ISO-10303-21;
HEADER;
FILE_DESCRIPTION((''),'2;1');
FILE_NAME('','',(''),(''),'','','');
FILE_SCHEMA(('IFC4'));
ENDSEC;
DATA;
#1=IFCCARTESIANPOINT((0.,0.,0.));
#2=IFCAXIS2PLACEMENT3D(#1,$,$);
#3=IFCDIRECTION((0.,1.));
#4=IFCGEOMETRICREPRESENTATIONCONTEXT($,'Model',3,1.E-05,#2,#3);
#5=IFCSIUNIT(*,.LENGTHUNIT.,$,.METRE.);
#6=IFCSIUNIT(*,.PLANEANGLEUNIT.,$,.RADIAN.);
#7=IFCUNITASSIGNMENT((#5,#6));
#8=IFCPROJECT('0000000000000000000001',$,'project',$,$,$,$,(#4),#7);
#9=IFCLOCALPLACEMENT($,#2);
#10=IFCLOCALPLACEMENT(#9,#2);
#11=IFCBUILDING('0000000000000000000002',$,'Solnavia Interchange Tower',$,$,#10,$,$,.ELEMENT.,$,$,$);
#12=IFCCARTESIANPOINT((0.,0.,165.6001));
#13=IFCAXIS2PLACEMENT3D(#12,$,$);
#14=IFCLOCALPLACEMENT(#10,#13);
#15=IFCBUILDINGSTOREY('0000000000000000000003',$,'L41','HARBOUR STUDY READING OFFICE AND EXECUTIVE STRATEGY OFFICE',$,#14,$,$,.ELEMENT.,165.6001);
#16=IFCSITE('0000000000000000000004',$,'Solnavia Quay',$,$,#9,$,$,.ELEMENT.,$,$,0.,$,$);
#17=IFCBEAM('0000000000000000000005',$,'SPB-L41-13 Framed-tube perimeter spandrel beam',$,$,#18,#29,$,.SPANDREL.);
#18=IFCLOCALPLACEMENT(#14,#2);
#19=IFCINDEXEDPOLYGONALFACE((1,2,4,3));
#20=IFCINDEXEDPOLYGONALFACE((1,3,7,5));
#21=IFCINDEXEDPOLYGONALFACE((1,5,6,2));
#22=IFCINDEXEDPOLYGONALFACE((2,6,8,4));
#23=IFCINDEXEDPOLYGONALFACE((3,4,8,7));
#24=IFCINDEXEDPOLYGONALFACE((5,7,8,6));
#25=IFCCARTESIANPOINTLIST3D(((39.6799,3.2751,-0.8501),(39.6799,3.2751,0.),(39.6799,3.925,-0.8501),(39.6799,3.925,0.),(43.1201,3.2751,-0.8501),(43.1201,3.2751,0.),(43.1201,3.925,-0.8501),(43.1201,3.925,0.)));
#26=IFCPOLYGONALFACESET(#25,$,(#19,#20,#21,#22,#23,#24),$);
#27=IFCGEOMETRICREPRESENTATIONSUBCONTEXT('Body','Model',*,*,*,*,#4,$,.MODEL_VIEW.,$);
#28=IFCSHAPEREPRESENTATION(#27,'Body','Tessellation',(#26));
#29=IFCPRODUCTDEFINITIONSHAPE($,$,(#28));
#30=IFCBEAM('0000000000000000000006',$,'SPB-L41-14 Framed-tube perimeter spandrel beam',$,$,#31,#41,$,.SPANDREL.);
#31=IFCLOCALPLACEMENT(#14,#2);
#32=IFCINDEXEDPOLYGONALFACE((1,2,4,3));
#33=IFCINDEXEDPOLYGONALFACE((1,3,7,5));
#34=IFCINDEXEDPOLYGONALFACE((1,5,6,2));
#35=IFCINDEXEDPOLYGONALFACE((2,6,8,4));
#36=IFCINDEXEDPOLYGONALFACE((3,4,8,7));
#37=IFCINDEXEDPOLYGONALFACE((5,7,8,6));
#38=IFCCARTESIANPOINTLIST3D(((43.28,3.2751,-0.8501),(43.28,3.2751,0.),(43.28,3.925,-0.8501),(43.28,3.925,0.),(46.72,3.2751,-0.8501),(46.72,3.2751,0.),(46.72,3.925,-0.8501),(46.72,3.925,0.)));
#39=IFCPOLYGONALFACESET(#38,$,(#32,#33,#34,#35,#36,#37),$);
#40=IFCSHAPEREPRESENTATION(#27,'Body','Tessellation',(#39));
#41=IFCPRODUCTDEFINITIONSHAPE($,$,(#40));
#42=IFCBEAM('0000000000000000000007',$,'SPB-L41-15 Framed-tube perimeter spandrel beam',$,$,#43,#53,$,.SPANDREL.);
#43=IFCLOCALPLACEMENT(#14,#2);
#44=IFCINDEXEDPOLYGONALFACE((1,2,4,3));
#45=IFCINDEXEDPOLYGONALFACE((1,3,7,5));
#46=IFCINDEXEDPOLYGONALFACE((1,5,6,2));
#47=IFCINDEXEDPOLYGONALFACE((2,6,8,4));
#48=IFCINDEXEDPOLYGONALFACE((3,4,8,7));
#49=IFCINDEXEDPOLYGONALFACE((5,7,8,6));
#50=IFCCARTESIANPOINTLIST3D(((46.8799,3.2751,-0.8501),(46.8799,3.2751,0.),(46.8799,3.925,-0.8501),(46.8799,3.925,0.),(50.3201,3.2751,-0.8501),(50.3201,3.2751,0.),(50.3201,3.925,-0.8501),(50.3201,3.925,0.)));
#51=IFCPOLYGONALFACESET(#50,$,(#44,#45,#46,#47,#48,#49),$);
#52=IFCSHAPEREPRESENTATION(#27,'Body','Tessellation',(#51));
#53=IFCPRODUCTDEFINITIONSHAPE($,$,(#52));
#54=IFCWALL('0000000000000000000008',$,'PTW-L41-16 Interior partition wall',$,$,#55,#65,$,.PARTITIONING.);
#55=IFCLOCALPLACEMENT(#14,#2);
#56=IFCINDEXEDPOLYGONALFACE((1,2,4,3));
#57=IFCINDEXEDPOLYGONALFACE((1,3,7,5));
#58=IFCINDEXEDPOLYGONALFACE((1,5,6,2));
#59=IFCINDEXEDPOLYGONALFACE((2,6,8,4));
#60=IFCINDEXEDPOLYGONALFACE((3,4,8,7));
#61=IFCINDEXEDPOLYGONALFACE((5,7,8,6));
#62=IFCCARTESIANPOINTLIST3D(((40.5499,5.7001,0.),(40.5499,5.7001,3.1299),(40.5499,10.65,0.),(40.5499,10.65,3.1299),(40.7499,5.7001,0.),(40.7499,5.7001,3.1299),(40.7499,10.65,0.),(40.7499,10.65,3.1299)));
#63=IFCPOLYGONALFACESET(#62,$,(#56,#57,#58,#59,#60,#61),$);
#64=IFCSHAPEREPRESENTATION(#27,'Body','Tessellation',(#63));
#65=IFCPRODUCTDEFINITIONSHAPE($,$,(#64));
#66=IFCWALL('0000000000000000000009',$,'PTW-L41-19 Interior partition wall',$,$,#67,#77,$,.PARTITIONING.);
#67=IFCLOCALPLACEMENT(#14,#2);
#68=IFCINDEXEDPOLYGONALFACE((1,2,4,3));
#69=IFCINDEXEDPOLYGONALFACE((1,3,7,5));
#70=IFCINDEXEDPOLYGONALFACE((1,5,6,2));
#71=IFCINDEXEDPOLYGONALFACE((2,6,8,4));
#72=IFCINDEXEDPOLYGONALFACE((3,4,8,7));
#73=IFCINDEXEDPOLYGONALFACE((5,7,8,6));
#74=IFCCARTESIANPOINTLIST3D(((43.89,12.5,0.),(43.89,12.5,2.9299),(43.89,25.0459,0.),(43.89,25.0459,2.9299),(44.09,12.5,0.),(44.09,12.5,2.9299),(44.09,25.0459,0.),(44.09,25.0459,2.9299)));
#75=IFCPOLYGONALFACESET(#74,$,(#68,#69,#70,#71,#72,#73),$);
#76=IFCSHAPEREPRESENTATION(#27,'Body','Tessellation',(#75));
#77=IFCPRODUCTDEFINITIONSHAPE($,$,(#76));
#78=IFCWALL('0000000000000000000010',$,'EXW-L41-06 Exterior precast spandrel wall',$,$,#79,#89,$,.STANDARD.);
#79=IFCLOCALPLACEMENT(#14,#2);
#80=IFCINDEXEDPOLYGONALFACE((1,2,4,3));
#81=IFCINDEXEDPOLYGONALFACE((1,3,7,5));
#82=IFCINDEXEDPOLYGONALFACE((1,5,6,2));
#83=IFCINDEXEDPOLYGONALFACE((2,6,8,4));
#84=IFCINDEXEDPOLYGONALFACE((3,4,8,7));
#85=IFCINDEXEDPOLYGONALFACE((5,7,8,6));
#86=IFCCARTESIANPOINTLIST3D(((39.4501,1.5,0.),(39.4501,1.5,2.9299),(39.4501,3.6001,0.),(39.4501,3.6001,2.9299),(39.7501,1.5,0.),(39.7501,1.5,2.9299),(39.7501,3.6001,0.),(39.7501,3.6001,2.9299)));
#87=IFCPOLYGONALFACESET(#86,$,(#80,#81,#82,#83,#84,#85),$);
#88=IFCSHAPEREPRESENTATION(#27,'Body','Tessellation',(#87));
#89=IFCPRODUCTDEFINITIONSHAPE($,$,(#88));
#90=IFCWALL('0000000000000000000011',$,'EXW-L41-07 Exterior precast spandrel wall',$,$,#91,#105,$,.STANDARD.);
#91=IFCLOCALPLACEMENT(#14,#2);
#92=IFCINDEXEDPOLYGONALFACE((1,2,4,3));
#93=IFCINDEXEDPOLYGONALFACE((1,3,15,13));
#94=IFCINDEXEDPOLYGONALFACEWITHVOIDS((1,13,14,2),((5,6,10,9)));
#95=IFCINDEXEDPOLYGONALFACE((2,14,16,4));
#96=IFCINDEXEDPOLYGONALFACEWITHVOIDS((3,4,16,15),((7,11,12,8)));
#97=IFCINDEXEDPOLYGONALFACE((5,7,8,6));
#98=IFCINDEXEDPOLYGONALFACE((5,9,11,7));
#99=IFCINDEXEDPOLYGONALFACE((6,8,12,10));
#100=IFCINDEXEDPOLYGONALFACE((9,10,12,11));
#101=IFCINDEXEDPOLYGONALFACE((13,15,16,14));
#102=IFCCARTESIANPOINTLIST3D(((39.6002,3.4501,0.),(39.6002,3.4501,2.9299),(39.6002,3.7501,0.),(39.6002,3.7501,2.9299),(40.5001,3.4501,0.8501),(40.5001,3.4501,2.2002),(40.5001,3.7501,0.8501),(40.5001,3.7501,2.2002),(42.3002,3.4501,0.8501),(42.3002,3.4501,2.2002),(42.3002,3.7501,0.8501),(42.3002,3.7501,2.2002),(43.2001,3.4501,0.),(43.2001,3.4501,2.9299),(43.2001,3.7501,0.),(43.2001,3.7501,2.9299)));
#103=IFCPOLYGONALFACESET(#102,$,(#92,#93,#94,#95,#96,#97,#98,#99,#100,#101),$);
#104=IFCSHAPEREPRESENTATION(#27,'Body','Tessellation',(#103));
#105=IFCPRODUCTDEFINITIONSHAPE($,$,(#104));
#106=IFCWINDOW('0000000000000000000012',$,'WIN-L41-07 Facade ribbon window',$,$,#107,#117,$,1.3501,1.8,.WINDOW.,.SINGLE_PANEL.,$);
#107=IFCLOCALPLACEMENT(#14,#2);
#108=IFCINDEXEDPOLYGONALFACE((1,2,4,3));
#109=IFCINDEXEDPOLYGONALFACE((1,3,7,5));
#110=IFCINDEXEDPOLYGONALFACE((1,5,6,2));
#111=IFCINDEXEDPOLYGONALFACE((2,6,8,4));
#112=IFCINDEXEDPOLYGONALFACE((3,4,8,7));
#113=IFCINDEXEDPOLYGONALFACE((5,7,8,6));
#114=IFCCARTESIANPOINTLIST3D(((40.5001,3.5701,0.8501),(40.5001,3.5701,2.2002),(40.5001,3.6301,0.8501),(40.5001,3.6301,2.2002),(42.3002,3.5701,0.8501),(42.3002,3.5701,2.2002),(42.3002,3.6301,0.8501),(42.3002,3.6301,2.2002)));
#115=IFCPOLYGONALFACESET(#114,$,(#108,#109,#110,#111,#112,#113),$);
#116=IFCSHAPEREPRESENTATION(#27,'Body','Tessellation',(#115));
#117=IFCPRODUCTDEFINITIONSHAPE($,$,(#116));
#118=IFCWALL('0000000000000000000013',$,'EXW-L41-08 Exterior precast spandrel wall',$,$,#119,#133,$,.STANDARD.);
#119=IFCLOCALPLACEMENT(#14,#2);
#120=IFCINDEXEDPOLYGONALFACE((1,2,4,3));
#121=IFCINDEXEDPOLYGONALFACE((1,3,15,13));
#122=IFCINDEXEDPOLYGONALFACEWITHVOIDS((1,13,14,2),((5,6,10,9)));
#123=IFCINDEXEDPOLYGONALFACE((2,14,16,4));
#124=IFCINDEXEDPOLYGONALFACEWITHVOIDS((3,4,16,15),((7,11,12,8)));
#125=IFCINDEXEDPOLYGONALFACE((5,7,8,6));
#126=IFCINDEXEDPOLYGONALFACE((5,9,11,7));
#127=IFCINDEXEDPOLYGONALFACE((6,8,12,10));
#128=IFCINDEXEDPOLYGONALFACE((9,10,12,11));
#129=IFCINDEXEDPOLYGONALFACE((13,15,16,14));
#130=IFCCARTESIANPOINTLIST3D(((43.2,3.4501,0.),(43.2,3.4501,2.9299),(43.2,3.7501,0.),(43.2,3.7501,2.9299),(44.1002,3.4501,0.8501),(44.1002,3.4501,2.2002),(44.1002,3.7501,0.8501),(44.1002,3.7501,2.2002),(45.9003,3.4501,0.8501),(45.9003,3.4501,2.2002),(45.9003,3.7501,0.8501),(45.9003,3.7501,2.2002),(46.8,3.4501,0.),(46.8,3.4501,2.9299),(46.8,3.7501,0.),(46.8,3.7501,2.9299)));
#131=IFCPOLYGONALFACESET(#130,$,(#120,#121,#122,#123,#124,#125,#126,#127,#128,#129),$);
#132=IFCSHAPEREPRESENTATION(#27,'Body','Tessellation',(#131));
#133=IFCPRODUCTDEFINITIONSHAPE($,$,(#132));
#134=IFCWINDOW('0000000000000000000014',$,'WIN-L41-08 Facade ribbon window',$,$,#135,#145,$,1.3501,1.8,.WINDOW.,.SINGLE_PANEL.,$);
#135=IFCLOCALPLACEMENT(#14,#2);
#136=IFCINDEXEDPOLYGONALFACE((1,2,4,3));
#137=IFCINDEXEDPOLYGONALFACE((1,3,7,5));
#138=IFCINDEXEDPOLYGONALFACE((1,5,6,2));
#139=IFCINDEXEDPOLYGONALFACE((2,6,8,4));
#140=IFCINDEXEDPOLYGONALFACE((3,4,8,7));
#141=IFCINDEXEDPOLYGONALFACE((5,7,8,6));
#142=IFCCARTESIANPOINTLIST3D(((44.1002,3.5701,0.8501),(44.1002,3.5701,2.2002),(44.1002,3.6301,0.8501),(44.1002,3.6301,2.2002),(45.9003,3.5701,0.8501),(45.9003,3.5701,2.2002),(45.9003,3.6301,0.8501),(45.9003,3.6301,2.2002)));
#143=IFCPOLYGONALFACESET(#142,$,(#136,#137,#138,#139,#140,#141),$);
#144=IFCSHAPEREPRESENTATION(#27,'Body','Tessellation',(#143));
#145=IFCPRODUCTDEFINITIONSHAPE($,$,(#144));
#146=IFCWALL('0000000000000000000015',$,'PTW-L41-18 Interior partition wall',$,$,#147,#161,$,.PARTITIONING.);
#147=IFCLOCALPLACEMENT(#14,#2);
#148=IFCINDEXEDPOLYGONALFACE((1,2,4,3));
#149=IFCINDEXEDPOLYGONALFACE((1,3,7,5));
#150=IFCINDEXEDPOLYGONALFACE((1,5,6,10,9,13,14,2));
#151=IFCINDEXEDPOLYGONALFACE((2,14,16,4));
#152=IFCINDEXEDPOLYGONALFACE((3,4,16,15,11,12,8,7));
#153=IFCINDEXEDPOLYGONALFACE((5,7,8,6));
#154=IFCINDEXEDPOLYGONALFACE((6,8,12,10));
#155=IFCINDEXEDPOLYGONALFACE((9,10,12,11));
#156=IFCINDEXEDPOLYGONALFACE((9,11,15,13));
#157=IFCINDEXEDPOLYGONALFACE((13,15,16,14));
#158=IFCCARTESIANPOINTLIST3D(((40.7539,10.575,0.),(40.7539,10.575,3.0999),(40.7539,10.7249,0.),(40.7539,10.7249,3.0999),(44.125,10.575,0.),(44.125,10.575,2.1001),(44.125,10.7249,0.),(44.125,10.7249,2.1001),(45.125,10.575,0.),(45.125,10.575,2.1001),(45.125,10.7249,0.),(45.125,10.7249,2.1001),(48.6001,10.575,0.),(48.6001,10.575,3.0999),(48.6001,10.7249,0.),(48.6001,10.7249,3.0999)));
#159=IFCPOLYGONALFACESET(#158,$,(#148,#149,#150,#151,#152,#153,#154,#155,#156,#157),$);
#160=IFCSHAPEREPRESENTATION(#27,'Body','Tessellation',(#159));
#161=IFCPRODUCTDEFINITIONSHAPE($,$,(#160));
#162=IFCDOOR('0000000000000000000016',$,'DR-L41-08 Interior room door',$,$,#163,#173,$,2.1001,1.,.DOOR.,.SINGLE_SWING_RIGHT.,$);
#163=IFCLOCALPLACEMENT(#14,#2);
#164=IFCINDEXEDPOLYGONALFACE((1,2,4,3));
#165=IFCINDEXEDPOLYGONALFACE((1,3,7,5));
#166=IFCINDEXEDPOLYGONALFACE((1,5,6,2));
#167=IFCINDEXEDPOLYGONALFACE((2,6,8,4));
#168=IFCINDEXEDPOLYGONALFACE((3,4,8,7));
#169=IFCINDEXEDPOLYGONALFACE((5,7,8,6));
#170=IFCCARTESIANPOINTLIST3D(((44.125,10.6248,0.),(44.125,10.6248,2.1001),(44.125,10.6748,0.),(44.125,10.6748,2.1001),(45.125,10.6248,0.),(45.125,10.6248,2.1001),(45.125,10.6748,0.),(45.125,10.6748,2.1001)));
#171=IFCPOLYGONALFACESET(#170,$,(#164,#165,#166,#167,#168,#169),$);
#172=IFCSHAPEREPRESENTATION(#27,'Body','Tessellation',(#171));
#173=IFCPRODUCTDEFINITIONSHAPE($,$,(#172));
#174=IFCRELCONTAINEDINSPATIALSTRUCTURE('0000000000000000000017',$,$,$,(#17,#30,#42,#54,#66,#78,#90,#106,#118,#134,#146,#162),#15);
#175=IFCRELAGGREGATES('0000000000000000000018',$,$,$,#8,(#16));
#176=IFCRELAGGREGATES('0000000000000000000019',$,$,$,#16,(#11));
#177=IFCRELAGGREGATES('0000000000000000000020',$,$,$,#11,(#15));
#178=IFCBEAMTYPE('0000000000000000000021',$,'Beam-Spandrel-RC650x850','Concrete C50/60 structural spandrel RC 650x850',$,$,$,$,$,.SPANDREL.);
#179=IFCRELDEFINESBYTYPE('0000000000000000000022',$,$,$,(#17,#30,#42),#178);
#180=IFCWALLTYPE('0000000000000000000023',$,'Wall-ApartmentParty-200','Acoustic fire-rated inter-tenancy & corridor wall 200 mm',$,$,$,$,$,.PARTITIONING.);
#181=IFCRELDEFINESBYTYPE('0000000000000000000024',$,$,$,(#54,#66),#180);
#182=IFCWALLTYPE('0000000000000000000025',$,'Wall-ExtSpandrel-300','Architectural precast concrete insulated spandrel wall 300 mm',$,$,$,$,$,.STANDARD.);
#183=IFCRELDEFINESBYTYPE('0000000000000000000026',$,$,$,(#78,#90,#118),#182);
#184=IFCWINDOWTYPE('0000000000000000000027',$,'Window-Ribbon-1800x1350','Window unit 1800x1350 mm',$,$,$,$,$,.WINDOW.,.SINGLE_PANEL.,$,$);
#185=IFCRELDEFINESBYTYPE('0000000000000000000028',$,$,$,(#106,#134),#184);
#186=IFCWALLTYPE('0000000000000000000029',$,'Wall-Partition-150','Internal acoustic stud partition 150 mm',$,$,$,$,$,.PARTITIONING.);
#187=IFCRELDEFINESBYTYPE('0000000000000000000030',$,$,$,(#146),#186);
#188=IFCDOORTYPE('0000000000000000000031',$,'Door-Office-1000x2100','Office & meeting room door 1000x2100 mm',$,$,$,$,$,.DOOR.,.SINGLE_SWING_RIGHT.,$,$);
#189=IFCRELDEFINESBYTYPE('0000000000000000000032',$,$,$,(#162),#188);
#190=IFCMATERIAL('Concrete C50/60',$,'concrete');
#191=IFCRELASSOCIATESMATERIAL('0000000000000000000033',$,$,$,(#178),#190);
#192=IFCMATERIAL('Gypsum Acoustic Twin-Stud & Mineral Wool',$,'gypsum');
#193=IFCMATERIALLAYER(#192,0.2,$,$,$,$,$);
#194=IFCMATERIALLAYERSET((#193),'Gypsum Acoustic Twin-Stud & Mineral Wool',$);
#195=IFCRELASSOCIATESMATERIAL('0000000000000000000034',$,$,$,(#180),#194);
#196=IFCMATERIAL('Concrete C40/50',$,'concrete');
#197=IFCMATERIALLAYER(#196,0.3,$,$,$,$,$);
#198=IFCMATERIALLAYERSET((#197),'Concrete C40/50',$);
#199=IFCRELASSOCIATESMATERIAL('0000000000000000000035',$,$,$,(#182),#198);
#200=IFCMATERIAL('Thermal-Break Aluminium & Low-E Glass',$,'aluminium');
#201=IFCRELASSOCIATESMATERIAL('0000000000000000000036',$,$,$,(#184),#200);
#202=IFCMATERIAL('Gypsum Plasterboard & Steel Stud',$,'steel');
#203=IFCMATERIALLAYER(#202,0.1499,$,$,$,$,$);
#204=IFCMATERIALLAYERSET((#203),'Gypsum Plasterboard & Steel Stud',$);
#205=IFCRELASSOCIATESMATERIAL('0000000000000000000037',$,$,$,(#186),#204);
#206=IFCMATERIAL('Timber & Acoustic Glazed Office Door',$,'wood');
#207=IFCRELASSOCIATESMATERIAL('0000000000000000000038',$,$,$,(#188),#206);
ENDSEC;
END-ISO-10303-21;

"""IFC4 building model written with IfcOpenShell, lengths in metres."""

from ifc_helpers import new_model, si_unit, direction, frame, frame_2d, origin, origin_2d, place, context, subcontext, project, spatial, rectangle, extrude, material, layer, layer_set, material_profile, profile_set, type_object, element, fill, save


model = new_model("IFC4")

# Units and contexts
model_context = context("Model", 3, precision=1e-05, world=origin(), true_north=direction((0.0, 1.0)))
body_context = subcontext(model_context, "Body", "Model", "MODEL_VIEW")
ifc_project = project(units=[si_unit("LENGTHUNIT", "METRE"), si_unit("PLANEANGLEUNIT", "RADIAN")], contexts=[model_context])

# Site, building, storey
site_placement = place(None, origin())
site = spatial("IfcSite", under=ifc_project, at=site_placement, Name="Solnavia Quay", CompositionType="ELEMENT", RefElevation=0.0)
building_placement = place(site_placement, origin())
building = spatial("IfcBuilding", under=site, at=building_placement, Name="Solnavia Interchange Tower", CompositionType="ELEMENT")
storey_placement = place(building_placement, frame((0.0, 0.0, 165.6001)))
storey = spatial("IfcBuildingStorey", under=building, at=storey_placement, Name="L41", Description="HARBOUR STUDY READING OFFICE AND EXECUTIVE STRATEGY OFFICE", CompositionType="ELEMENT", Elevation=165.6001)

# Shared definitions
ifc_material_1 = material(Name="Concrete C50/60", Category="concrete")

# Beams
ifc_material_profile_1 = material_profile(ifc_material_1, rectangle(XDim=0.6499, YDim=0.8501, at=origin_2d()), Name="RC 650x850")
ifc_profile_set_1 = profile_set([ifc_material_profile_1], Name="Concrete C50/60")
beam_type_1 = type_object("IfcBeamType", Name="Beam-Spandrel-RC650x850", Description="Concrete C50/60 structural spandrel RC 650x850", PredefinedType="SPANDREL", material=ifc_profile_set_1)
beam_1_placement = place(storey_placement, frame((39.6799, 3.6001, -0.425), z_axis=(1.0, 0.0, 0.0), x_axis=(0.0, 1.0, 0.0)))
element("IfcBeam", 1, at=beam_1_placement, inside=storey, type_object=beam_type_1, Name="SPB-L41-13 Framed-tube perimeter spandrel beam", PredefinedType="SPANDREL", context=body_context, shape_type="SweptSolid", body=[
    extrude(rectangle(XDim=0.6499, YDim=0.8501, at=origin_2d()), origin(), (0.0, 0.0, 1.0), 3.4402),
])
beam_2_placement = place(storey_placement, frame((43.28, 3.6001, -0.425), z_axis=(1.0, 0.0, 0.0), x_axis=(0.0, 1.0, 0.0)))
element("IfcBeam", 2, at=beam_2_placement, inside=storey, type_object=beam_type_1, Name="SPB-L41-14 Framed-tube perimeter spandrel beam", PredefinedType="SPANDREL", context=body_context, shape_type="SweptSolid", body=[
    extrude(rectangle(XDim=0.6499, YDim=0.8501, at=origin_2d()), origin(), (0.0, 0.0, 1.0), 3.4399),
])
beam_3_placement = place(storey_placement, frame((46.8799, 3.6001, -0.425), z_axis=(1.0, 0.0, 0.0), x_axis=(0.0, 1.0, 0.0)))
element("IfcBeam", 3, at=beam_3_placement, inside=storey, type_object=beam_type_1, Name="SPB-L41-15 Framed-tube perimeter spandrel beam", PredefinedType="SPANDREL", context=body_context, shape_type="SweptSolid", body=[
    extrude(rectangle(XDim=0.6499, YDim=0.8501, at=origin_2d()), origin(), (0.0, 0.0, 1.0), 3.4402),
])

# Walls
ifc_material_2 = material(Name="Gypsum Acoustic Twin-Stud & Mineral Wool", Category="gypsum")
ifc_layer_1 = layer(ifc_material_2, 0.2)
ifc_layer_set_1 = layer_set([ifc_layer_1], Name="Gypsum Acoustic Twin-Stud & Mineral Wool")
wall_type_1 = type_object("IfcWallType", Name="Wall-ApartmentParty-200", Description="Acoustic fire-rated inter-tenancy & corridor wall 200 mm", PredefinedType="PARTITIONING", material=ifc_layer_set_1)
wall_1_placement = place(storey_placement, frame((40.6499, 5.7, 0.0), z_axis=(0.0, 0.0, 1.0), x_axis=(0.0, 1.0, 0.0)))
element("IfcWall", 4, at=wall_1_placement, inside=storey, type_object=wall_type_1, Name="PTW-L41-16 Interior partition wall", PredefinedType="PARTITIONING", context=body_context, shape_type="SweptSolid", body=[
    extrude(rectangle(XDim=4.95, YDim=0.2, at=frame_2d((2.4751, 0.0))), origin(), (0.0, 0.0, 1.0), 3.1299),
])
wall_2_placement = place(storey_placement, frame((43.99, 12.5, 0.0), z_axis=(0.0, 0.0, 1.0), x_axis=(0.0, 1.0, 0.0)))
element("IfcWall", 5, at=wall_2_placement, inside=storey, type_object=wall_type_1, Name="PTW-L41-19 Interior partition wall", PredefinedType="PARTITIONING", context=body_context, shape_type="SweptSolid", body=[
    extrude(rectangle(XDim=12.5459, YDim=0.2, at=frame_2d((6.2729, 0.0))), origin(), (0.0, 0.0, 1.0), 2.9299),
])
ifc_material_3 = material(Name="Concrete C40/50", Category="concrete")
ifc_layer_2 = layer(ifc_material_3, 0.3)
ifc_layer_set_2 = layer_set([ifc_layer_2], Name="Concrete C40/50")
wall_type_2 = type_object("IfcWallType", Name="Wall-ExtSpandrel-300", Description="Architectural precast concrete insulated spandrel wall 300 mm", PredefinedType="STANDARD", material=ifc_layer_set_2)
wall_3_placement = place(storey_placement, frame((39.6001, 3.6001, 0.0), z_axis=(0.0, 0.0, 1.0), x_axis=(0.0, -1.0, 0.0)))
element("IfcWall", 6, at=wall_3_placement, inside=storey, type_object=wall_type_2, Name="EXW-L41-06 Exterior precast spandrel wall", PredefinedType="STANDARD", context=body_context, shape_type="SweptSolid", body=[
    extrude(rectangle(XDim=2.1001, YDim=0.3, at=frame_2d((1.05, 0.0))), origin(), (0.0, 0.0, 1.0), 2.9299),
])

# Walls, openings, windows
wall_4_placement = place(storey_placement, frame((43.2, 3.6001, 0.0), z_axis=(0.0, 0.0, 1.0), x_axis=(-1.0, 0.0, 0.0)))
wall_4 = element("IfcWall", 7, at=wall_4_placement, inside=storey, type_object=wall_type_2, Name="EXW-L41-07 Exterior precast spandrel wall", PredefinedType="STANDARD", context=body_context, shape_type="SweptSolid", body=[
    extrude(rectangle(XDim=3.5999, YDim=0.3, at=frame_2d((1.7998, 0.0))), origin(), (0.0, 0.0, 1.0), 2.9299),
])
opening_1_placement = place(wall_4_placement, frame((0.8999, 0.0, 0.8501)))
opening_1 = element("IfcOpeningElement", 8, at=opening_1_placement, cuts=wall_4, PredefinedType="OPENING", context=body_context, shape_type="SweptSolid", body=[
    extrude(rectangle(XDim=1.8, YDim=1.3501, at=frame_2d((0.8999, 0.675))), frame((0.0, 0.1602, 0.0), z_axis=(0.0, -1.0, 0.0), x_axis=(1.0, 0.0, 0.0)), (0.0, 0.0, 1.0), 0.3201),
])
ifc_material_4 = material(Name="Thermal-Break Aluminium & Low-E Glass", Category="aluminium")
window_type = type_object("IfcWindowType", Name="Window-Ribbon-1800x1350", Description="Window unit 1800x1350 mm", PartitioningType="SINGLE_PANEL", PredefinedType="WINDOW", material=ifc_material_4)
window_1_placement = place(opening_1_placement, origin())
window_1 = element("IfcWindow", 9, at=window_1_placement, inside=storey, type_object=window_type, Name="WIN-L41-07 Facade ribbon window", OverallHeight=1.3501, OverallWidth=1.8, PartitioningType="SINGLE_PANEL", PredefinedType="WINDOW", context=body_context, shape_type="SweptSolid", body=[
    extrude(rectangle(XDim=1.8, YDim=1.3501, at=frame_2d((0.8999, 0.675))), frame((0.0, 0.03, 0.0), z_axis=(0.0, -1.0, 0.0), x_axis=(1.0, 0.0, 0.0)), (0.0, 0.0, 1.0), 0.0601),
])
fill(opening_1, window_1)
wall_5_placement = place(storey_placement, frame((46.8, 3.6001, 0.0), z_axis=(0.0, 0.0, 1.0), x_axis=(-1.0, 0.0, 0.0)))
wall_5 = element("IfcWall", 10, at=wall_5_placement, inside=storey, type_object=wall_type_2, Name="EXW-L41-08 Exterior precast spandrel wall", PredefinedType="STANDARD", context=body_context, shape_type="SweptSolid", body=[
    extrude(rectangle(XDim=3.6001, YDim=0.3, at=frame_2d((1.8, 0.0))), origin(), (0.0, 0.0, 1.0), 2.9299),
])
opening_2_placement = place(wall_5_placement, frame((0.8999, 0.0, 0.8501)))
opening_2 = element("IfcOpeningElement", 11, at=opening_2_placement, cuts=wall_5, PredefinedType="OPENING", context=body_context, shape_type="SweptSolid", body=[
    extrude(rectangle(XDim=1.8, YDim=1.3501, at=frame_2d((0.8999, 0.675))), frame((0.0, 0.1602, 0.0), z_axis=(0.0, -1.0, 0.0), x_axis=(1.0, 0.0, 0.0)), (0.0, 0.0, 1.0), 0.3201),
])
window_2_placement = place(opening_2_placement, origin())
window_2 = element("IfcWindow", 12, at=window_2_placement, inside=storey, type_object=window_type, Name="WIN-L41-08 Facade ribbon window", OverallHeight=1.3501, OverallWidth=1.8, PartitioningType="SINGLE_PANEL", PredefinedType="WINDOW", context=body_context, shape_type="SweptSolid", body=[
    extrude(rectangle(XDim=1.8, YDim=1.3501, at=frame_2d((0.8999, 0.675))), frame((0.0, 0.03, 0.0), z_axis=(0.0, -1.0, 0.0), x_axis=(1.0, 0.0, 0.0)), (0.0, 0.0, 1.0), 0.0601),
])
fill(opening_2, window_2)

# Wall, opening, door
ifc_material_5 = material(Name="Gypsum Plasterboard & Steel Stud", Category="steel")
ifc_layer_3 = layer(ifc_material_5, 0.1499)
ifc_layer_set_3 = layer_set([ifc_layer_3], Name="Gypsum Plasterboard & Steel Stud")
wall_type_3 = type_object("IfcWallType", Name="Wall-Partition-150", Description="Internal acoustic stud partition 150 mm", PredefinedType="PARTITIONING", material=ifc_layer_set_3)
wall_6_placement = place(storey_placement, frame((40.7539, 10.6499, 0.0), z_axis=(0.0, 0.0, 1.0), x_axis=(1.0, 0.0, 0.0)))
wall_6 = element("IfcWall", 13, at=wall_6_placement, inside=storey, type_object=wall_type_3, Name="PTW-L41-18 Interior partition wall", PredefinedType="PARTITIONING", context=body_context, shape_type="SweptSolid", body=[
    extrude(rectangle(XDim=7.8462, YDim=0.1499, at=frame_2d((3.9231, 0.0))), origin(), (0.0, 0.0, 1.0), 3.0999),
])
opening_3_placement = place(wall_6_placement, frame((3.3711, 0.0, 0.0)))
opening_3 = element("IfcOpeningElement", 14, at=opening_3_placement, cuts=wall_6, PredefinedType="OPENING", context=body_context, shape_type="SweptSolid", body=[
    extrude(rectangle(XDim=1.0, YDim=2.1001, at=frame_2d((0.5, 1.05))), frame((0.0, 0.085, 0.0), z_axis=(0.0, -1.0, 0.0), x_axis=(1.0, 0.0, 0.0)), (0.0, 0.0, 1.0), 0.1699),
])
ifc_material_6 = material(Name="Timber & Acoustic Glazed Office Door", Category="wood")
door_type = type_object("IfcDoorType", Name="Door-Office-1000x2100", Description="Office & meeting room door 1000x2100 mm", OperationType="SINGLE_SWING_RIGHT", PredefinedType="DOOR", material=ifc_material_6)
door_1_placement = place(opening_3_placement, origin())
door_1 = element("IfcDoor", 15, at=door_1_placement, inside=storey, type_object=door_type, Name="DR-L41-08 Interior room door", OperationType="SINGLE_SWING_RIGHT", OverallHeight=2.1001, OverallWidth=1.0, PredefinedType="DOOR", context=body_context, shape_type="SweptSolid", body=[
    extrude(rectangle(XDim=1.0, YDim=2.1001, at=frame_2d((0.5, 1.05))), frame((0.0, 0.0249, 0.0), z_axis=(0.0, -1.0, 0.0), x_axis=(1.0, 0.0, 0.0)), (0.0, 0.0, 1.0), 0.05),
])
fill(opening_3, door_1)

save(model, "model.ifc")
